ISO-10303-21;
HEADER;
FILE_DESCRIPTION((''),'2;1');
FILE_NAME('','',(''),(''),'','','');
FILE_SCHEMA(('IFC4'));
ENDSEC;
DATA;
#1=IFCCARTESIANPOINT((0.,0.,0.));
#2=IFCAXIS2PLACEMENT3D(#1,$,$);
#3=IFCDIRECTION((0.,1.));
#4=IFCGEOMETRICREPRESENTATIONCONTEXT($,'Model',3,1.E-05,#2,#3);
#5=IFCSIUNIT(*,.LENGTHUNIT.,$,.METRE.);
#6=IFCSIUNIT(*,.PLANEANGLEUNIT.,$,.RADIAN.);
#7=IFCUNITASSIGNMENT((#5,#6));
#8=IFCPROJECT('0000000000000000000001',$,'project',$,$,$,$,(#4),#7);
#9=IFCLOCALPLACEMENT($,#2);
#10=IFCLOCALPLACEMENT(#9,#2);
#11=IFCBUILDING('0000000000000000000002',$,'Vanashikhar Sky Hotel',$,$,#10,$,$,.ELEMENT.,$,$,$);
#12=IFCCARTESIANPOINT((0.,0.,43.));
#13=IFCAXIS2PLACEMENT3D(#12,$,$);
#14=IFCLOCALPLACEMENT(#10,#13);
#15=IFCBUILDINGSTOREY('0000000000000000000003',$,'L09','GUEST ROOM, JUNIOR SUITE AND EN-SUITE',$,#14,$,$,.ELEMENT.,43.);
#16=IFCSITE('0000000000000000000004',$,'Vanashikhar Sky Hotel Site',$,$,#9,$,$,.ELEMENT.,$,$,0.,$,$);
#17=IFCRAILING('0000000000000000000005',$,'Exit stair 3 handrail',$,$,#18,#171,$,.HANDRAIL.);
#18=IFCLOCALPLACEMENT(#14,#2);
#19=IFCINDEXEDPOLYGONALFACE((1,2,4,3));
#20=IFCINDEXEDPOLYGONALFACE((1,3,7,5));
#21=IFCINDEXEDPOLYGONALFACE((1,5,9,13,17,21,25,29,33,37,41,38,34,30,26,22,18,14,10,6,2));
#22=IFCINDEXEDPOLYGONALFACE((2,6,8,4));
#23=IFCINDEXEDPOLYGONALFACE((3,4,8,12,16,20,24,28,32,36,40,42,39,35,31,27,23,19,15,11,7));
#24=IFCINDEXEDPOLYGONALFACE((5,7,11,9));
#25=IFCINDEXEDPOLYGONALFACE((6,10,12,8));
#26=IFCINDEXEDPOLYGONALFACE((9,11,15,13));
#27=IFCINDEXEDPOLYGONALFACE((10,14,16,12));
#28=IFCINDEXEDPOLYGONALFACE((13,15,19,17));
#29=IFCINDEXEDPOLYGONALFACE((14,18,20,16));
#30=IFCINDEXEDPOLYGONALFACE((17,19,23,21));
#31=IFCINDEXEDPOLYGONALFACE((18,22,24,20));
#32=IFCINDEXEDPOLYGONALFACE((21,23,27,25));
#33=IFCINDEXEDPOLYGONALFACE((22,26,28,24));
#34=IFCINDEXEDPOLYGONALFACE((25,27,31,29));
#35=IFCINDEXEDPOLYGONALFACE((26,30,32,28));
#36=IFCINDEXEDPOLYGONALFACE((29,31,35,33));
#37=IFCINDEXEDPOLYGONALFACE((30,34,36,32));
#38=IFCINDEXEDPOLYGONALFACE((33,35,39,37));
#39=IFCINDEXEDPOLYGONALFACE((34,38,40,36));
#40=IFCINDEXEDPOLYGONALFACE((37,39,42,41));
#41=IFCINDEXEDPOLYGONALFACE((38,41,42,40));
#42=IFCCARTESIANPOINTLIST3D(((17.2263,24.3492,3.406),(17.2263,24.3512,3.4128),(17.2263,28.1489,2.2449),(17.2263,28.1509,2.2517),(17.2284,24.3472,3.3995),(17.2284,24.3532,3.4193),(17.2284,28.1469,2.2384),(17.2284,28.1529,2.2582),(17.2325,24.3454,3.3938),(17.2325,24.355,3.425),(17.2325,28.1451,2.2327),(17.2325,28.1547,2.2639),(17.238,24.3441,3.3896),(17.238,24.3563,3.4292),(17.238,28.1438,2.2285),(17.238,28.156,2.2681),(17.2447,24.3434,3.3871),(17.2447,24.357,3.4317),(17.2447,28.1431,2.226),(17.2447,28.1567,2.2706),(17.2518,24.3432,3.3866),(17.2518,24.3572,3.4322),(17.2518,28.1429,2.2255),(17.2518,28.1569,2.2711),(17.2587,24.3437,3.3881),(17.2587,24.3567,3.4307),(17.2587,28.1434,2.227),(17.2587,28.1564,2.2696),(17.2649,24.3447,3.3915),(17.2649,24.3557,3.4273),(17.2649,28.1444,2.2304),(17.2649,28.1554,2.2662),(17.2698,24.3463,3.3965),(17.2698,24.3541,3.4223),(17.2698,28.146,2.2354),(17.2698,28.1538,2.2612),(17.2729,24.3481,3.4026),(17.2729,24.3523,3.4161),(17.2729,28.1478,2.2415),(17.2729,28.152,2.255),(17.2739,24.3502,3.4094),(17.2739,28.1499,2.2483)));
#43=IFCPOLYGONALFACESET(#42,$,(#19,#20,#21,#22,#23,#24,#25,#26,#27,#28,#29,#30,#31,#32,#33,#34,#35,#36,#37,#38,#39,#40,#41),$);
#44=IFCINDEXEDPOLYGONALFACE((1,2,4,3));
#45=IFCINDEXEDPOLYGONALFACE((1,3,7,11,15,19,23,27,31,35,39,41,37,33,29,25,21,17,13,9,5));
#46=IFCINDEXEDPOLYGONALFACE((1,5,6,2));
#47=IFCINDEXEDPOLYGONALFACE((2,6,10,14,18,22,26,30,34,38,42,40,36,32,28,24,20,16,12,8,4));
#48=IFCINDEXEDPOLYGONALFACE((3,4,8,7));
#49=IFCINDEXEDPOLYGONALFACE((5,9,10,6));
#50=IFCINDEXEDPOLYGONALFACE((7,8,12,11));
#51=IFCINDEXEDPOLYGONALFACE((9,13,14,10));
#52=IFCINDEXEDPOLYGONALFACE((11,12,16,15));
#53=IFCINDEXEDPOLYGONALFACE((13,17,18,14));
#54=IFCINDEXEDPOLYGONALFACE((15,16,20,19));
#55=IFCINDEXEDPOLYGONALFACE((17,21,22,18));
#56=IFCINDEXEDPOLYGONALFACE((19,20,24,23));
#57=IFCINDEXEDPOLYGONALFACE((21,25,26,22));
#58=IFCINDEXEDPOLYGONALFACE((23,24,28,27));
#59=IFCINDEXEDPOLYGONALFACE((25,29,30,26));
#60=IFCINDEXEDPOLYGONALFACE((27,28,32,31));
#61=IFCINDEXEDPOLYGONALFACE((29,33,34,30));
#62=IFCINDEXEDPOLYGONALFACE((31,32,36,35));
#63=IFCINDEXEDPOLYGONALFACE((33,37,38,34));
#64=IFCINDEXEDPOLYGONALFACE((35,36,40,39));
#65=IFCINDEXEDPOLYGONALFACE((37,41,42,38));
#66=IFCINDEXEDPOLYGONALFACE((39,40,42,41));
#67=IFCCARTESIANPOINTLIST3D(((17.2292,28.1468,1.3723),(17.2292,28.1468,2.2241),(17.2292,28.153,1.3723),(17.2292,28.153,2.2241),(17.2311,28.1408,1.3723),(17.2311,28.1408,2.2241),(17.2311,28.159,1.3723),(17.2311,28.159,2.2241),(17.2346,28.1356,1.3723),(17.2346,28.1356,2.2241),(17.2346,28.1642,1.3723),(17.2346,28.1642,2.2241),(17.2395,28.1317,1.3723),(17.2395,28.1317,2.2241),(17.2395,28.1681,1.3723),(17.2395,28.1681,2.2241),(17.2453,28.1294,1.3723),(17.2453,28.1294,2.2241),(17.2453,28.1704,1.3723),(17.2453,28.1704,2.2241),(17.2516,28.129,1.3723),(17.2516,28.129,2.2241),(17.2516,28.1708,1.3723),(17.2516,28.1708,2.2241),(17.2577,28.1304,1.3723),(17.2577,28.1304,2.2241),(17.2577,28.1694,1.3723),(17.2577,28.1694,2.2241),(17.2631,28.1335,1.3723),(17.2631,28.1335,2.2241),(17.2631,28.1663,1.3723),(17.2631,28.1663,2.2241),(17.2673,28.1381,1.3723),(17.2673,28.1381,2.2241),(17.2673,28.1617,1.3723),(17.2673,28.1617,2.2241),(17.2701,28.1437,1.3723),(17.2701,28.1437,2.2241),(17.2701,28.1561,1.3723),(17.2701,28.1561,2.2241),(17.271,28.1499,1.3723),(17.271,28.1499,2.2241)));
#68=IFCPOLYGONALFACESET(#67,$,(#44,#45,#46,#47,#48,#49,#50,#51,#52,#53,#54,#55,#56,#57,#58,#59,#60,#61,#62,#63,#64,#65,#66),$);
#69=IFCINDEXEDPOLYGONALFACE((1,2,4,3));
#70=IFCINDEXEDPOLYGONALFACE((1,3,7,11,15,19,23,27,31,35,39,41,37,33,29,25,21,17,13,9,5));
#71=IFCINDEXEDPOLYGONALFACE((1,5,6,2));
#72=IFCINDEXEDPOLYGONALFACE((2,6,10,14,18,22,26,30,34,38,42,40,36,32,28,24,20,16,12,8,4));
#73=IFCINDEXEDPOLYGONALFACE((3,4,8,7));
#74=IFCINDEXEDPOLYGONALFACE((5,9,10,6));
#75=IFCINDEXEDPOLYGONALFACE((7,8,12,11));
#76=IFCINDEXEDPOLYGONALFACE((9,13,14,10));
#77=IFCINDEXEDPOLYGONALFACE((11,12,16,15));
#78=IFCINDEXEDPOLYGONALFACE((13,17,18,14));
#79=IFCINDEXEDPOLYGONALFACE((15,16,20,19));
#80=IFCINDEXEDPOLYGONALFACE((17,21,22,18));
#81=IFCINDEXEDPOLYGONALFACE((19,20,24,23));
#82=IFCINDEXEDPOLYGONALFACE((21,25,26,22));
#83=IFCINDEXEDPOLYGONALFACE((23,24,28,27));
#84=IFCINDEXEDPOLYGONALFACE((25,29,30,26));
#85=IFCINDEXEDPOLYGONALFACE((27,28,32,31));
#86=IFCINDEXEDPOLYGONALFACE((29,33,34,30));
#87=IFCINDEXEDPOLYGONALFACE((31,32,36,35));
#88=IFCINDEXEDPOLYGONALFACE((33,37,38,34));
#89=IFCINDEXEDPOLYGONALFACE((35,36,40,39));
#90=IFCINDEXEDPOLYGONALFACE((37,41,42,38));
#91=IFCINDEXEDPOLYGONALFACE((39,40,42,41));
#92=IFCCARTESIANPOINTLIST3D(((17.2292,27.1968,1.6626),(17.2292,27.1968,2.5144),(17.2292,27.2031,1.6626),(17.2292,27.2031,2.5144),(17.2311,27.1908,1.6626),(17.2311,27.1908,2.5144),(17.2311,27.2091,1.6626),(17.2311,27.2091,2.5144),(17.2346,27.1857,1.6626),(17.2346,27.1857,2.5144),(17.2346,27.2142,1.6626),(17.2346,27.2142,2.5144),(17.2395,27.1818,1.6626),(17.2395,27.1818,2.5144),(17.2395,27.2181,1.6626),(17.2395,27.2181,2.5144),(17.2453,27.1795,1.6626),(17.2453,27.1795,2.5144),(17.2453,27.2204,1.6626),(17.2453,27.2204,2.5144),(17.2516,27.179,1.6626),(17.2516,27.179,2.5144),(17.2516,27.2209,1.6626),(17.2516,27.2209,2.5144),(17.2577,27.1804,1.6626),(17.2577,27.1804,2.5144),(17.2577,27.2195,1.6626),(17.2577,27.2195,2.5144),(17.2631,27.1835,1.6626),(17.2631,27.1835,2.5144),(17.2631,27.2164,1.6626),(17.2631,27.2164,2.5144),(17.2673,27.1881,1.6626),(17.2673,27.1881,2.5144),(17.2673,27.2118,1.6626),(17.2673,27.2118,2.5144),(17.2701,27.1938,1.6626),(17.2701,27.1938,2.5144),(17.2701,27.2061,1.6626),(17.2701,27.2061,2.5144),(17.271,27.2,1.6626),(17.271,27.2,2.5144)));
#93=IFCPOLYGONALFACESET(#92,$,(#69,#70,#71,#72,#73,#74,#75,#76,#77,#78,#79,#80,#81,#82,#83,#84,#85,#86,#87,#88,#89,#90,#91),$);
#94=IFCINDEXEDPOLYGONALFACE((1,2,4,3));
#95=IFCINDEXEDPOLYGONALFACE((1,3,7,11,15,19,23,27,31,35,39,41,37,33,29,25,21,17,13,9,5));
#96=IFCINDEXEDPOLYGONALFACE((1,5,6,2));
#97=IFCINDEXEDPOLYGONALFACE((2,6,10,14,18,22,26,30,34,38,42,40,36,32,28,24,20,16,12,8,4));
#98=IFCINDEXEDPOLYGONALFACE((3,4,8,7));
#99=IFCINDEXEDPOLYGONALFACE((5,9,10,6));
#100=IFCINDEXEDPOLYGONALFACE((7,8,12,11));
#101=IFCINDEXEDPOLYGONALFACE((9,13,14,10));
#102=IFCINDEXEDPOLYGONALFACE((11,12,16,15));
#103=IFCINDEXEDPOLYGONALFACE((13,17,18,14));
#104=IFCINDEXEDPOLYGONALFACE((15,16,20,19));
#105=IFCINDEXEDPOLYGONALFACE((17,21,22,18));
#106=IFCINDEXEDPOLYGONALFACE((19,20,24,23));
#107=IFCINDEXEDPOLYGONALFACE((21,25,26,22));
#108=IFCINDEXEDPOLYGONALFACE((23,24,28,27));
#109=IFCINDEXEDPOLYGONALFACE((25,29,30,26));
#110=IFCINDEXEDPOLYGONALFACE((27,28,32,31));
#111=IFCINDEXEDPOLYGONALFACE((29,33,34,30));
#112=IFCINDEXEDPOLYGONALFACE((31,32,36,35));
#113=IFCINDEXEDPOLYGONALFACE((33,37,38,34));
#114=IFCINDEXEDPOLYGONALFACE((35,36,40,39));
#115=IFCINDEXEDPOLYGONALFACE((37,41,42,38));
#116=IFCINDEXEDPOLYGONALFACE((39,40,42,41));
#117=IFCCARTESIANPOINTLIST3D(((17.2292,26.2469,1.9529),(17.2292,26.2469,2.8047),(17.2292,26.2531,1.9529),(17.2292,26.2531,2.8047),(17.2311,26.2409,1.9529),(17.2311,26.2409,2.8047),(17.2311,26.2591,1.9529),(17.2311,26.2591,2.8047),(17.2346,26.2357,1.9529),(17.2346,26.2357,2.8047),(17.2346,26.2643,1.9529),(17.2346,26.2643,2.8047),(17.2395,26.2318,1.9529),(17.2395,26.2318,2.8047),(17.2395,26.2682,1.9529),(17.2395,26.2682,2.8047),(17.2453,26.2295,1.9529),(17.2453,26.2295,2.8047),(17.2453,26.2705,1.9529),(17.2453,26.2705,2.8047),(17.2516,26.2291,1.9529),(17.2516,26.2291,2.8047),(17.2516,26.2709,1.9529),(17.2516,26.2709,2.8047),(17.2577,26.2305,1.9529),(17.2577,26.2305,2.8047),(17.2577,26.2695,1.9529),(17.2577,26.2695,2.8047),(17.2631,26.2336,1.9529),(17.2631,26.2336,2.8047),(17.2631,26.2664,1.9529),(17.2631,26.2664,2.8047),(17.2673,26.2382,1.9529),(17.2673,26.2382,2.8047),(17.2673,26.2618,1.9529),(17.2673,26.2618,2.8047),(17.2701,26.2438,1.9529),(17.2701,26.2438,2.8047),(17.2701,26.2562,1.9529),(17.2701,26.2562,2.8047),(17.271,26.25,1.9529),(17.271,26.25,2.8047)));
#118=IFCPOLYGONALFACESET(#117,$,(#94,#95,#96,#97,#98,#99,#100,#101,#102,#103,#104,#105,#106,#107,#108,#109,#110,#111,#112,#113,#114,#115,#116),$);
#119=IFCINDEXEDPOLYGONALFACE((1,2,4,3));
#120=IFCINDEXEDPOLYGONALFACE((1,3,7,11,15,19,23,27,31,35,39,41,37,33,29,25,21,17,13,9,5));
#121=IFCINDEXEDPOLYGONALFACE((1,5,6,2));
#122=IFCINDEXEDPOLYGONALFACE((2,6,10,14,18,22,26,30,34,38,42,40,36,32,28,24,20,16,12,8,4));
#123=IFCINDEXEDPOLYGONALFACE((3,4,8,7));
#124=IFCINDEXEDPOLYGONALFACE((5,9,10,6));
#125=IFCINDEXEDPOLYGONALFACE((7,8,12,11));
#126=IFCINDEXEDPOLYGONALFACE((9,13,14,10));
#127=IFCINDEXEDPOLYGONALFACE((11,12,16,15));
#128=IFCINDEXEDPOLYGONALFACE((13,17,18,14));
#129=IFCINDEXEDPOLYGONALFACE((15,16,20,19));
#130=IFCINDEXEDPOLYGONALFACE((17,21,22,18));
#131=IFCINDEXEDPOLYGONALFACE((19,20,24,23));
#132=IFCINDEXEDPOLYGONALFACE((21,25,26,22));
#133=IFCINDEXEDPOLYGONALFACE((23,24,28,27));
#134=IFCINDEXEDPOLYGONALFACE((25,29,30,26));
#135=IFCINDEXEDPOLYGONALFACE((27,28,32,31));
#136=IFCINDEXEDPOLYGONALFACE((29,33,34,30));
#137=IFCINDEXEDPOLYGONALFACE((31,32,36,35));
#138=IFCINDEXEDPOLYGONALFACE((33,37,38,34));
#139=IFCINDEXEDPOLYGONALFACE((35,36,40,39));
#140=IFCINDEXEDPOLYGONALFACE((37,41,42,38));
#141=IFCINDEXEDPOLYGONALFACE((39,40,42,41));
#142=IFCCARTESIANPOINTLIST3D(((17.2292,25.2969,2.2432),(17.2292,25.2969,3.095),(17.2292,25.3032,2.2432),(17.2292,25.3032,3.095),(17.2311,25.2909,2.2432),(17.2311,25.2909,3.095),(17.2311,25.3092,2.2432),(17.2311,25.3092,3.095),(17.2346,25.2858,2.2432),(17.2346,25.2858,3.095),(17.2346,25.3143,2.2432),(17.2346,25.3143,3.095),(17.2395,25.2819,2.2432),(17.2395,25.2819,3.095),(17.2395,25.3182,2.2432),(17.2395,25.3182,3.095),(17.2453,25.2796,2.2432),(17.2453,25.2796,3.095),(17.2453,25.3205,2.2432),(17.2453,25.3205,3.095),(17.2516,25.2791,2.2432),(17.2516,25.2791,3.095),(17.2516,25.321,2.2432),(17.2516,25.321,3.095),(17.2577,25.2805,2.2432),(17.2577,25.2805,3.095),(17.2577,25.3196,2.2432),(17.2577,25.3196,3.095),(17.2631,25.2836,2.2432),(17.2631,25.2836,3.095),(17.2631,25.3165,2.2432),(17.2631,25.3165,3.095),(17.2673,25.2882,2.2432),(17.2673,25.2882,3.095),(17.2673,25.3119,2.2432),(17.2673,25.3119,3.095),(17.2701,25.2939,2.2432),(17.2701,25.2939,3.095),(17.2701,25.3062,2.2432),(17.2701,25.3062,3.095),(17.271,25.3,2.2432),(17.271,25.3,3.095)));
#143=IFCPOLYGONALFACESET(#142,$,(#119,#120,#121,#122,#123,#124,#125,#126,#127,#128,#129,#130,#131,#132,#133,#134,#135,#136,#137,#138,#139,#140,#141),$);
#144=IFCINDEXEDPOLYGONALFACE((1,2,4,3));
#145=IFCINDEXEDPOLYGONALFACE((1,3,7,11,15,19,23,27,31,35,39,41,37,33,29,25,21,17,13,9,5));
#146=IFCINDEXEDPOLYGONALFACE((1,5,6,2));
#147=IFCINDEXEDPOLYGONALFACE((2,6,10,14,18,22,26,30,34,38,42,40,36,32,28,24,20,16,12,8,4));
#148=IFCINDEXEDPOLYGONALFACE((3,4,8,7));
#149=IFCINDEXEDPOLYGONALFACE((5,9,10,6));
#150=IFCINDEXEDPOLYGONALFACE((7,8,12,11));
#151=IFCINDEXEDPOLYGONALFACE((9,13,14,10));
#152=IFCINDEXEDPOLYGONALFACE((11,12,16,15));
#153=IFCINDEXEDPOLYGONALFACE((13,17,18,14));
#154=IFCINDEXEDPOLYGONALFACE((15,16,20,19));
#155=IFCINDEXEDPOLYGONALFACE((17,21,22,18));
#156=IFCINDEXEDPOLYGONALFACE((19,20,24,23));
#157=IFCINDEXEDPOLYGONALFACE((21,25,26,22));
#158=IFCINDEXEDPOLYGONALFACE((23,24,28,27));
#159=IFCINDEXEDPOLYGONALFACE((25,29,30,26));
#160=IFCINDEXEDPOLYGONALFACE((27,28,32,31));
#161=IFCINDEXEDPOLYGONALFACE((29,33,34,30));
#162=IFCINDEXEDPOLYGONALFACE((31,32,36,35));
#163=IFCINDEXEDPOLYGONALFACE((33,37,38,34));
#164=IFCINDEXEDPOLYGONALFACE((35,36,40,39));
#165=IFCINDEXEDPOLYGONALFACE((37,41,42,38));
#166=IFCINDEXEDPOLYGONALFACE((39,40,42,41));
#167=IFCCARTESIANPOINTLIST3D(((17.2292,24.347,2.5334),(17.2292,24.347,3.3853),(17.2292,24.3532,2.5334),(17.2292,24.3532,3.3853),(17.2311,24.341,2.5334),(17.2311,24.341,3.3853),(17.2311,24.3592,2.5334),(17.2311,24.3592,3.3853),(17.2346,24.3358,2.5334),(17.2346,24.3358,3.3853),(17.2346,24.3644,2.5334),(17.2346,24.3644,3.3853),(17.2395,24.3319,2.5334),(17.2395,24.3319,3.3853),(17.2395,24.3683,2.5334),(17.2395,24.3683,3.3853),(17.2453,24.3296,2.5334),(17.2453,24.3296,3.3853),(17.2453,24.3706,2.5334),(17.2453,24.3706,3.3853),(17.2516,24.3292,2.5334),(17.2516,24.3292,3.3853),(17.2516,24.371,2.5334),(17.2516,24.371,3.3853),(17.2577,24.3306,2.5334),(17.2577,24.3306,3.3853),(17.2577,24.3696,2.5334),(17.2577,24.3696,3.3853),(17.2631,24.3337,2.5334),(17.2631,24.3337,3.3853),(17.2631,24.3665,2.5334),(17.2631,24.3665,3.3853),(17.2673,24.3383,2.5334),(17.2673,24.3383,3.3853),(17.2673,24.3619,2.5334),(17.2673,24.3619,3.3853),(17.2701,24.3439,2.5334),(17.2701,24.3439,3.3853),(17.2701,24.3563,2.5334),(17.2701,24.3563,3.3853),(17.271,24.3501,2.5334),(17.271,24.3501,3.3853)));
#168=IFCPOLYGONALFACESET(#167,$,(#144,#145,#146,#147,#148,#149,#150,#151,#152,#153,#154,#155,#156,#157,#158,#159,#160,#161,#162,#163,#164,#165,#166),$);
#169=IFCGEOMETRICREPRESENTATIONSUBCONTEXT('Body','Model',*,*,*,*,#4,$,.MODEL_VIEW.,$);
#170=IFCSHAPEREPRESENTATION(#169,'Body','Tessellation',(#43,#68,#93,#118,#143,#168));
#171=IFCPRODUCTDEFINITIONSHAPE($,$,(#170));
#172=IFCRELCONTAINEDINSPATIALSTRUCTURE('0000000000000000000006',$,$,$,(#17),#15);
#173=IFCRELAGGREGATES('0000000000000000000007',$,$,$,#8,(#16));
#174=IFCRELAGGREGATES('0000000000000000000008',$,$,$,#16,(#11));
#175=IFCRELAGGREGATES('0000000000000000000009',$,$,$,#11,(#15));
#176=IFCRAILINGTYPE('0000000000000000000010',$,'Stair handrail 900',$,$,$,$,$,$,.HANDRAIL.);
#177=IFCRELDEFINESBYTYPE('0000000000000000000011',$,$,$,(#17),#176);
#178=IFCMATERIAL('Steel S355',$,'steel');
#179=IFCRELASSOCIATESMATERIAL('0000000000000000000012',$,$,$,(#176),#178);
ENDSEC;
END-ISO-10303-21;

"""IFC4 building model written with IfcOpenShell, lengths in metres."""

from ifc_helpers import new_model, si_unit, direction, frame, origin, origin_2d, place, context, subcontext, project, spatial, circle, extrude, source, transform, mapped, material, type_object, element, save


model = new_model("IFC4")

# Units and contexts
model_context = context("Model", 3, precision=1e-05, world=origin(), true_north=direction((0.0, 1.0)))
body_context = subcontext(model_context, "Body", "Model", "MODEL_VIEW")
ifc_project = project(units=[si_unit("LENGTHUNIT", "METRE"), si_unit("PLANEANGLEUNIT", "RADIAN")], contexts=[model_context])

# Site, building, storey
site_placement = place(None, origin())
site = spatial("IfcSite", under=ifc_project, at=site_placement, Name="Vanashikhar Sky Hotel Site", CompositionType="ELEMENT", RefElevation=0.0)
building_placement = place(site_placement, origin())
building = spatial("IfcBuilding", under=site, at=building_placement, Name="Vanashikhar Sky Hotel", CompositionType="ELEMENT")
storey_placement = place(building_placement, frame((0.0, 0.0, 43.0)))
storey = spatial("IfcBuildingStorey", under=building, at=storey_placement, Name="L09", Description="GUEST ROOM, JUNIOR SUITE AND EN-SUITE", CompositionType="ELEMENT", Elevation=43.0)

# Railing
ifc_material_1 = material(Name="Steel S355", Category="steel")
railing_type_1 = type_object("IfcRailingType", Name="Stair handrail 900", PredefinedType="HANDRAIL", material=ifc_material_1)
shared_shape_1 = source(origin(), body_context, "Body", "SweptSolid", [
    extrude(circle(Radius=0.0239, at=origin_2d()), frame((0.0, 0.0, 0.876), z_axis=(0.0, -0.956346, 0.292237), x_axis=(1.0, 0.0, 0.0)), (0.0, 0.0, 1.0), 3.9731),
    extrude(circle(Radius=0.021, at=origin_2d()), origin(), (0.0, 0.0, 1.0), 0.8518),
    extrude(circle(Radius=0.021, at=origin_2d()), frame((0.0, -0.95, 0.2903)), (0.0, 0.0, 1.0), 0.8518),
    extrude(circle(Radius=0.021, at=origin_2d()), frame((0.0, -1.8999, 0.5806)), (0.0, 0.0, 1.0), 0.8518),
    extrude(circle(Radius=0.021, at=origin_2d()), frame((0.0, -2.8499, 0.8708)), (0.0, 0.0, 1.0), 0.8518),
    extrude(circle(Radius=0.021, at=origin_2d()), frame((0.0, -3.7998, 1.1611)), (0.0, 0.0, 1.0), 0.8518),
])
railing_1_placement = place(storey_placement, frame((17.25, 28.1499, 1.3723)))
element("IfcRailing", 1, at=railing_1_placement, inside=storey, type_object=railing_type_1, Name="Exit stair 3 handrail", PredefinedType="HANDRAIL", context=body_context, shape_type="MappedRepresentation", body=[
    mapped(shared_shape_1, transform((0.0, 0.0, 0.0), scale=1.0)),
])

save(model, "model.ifc")
